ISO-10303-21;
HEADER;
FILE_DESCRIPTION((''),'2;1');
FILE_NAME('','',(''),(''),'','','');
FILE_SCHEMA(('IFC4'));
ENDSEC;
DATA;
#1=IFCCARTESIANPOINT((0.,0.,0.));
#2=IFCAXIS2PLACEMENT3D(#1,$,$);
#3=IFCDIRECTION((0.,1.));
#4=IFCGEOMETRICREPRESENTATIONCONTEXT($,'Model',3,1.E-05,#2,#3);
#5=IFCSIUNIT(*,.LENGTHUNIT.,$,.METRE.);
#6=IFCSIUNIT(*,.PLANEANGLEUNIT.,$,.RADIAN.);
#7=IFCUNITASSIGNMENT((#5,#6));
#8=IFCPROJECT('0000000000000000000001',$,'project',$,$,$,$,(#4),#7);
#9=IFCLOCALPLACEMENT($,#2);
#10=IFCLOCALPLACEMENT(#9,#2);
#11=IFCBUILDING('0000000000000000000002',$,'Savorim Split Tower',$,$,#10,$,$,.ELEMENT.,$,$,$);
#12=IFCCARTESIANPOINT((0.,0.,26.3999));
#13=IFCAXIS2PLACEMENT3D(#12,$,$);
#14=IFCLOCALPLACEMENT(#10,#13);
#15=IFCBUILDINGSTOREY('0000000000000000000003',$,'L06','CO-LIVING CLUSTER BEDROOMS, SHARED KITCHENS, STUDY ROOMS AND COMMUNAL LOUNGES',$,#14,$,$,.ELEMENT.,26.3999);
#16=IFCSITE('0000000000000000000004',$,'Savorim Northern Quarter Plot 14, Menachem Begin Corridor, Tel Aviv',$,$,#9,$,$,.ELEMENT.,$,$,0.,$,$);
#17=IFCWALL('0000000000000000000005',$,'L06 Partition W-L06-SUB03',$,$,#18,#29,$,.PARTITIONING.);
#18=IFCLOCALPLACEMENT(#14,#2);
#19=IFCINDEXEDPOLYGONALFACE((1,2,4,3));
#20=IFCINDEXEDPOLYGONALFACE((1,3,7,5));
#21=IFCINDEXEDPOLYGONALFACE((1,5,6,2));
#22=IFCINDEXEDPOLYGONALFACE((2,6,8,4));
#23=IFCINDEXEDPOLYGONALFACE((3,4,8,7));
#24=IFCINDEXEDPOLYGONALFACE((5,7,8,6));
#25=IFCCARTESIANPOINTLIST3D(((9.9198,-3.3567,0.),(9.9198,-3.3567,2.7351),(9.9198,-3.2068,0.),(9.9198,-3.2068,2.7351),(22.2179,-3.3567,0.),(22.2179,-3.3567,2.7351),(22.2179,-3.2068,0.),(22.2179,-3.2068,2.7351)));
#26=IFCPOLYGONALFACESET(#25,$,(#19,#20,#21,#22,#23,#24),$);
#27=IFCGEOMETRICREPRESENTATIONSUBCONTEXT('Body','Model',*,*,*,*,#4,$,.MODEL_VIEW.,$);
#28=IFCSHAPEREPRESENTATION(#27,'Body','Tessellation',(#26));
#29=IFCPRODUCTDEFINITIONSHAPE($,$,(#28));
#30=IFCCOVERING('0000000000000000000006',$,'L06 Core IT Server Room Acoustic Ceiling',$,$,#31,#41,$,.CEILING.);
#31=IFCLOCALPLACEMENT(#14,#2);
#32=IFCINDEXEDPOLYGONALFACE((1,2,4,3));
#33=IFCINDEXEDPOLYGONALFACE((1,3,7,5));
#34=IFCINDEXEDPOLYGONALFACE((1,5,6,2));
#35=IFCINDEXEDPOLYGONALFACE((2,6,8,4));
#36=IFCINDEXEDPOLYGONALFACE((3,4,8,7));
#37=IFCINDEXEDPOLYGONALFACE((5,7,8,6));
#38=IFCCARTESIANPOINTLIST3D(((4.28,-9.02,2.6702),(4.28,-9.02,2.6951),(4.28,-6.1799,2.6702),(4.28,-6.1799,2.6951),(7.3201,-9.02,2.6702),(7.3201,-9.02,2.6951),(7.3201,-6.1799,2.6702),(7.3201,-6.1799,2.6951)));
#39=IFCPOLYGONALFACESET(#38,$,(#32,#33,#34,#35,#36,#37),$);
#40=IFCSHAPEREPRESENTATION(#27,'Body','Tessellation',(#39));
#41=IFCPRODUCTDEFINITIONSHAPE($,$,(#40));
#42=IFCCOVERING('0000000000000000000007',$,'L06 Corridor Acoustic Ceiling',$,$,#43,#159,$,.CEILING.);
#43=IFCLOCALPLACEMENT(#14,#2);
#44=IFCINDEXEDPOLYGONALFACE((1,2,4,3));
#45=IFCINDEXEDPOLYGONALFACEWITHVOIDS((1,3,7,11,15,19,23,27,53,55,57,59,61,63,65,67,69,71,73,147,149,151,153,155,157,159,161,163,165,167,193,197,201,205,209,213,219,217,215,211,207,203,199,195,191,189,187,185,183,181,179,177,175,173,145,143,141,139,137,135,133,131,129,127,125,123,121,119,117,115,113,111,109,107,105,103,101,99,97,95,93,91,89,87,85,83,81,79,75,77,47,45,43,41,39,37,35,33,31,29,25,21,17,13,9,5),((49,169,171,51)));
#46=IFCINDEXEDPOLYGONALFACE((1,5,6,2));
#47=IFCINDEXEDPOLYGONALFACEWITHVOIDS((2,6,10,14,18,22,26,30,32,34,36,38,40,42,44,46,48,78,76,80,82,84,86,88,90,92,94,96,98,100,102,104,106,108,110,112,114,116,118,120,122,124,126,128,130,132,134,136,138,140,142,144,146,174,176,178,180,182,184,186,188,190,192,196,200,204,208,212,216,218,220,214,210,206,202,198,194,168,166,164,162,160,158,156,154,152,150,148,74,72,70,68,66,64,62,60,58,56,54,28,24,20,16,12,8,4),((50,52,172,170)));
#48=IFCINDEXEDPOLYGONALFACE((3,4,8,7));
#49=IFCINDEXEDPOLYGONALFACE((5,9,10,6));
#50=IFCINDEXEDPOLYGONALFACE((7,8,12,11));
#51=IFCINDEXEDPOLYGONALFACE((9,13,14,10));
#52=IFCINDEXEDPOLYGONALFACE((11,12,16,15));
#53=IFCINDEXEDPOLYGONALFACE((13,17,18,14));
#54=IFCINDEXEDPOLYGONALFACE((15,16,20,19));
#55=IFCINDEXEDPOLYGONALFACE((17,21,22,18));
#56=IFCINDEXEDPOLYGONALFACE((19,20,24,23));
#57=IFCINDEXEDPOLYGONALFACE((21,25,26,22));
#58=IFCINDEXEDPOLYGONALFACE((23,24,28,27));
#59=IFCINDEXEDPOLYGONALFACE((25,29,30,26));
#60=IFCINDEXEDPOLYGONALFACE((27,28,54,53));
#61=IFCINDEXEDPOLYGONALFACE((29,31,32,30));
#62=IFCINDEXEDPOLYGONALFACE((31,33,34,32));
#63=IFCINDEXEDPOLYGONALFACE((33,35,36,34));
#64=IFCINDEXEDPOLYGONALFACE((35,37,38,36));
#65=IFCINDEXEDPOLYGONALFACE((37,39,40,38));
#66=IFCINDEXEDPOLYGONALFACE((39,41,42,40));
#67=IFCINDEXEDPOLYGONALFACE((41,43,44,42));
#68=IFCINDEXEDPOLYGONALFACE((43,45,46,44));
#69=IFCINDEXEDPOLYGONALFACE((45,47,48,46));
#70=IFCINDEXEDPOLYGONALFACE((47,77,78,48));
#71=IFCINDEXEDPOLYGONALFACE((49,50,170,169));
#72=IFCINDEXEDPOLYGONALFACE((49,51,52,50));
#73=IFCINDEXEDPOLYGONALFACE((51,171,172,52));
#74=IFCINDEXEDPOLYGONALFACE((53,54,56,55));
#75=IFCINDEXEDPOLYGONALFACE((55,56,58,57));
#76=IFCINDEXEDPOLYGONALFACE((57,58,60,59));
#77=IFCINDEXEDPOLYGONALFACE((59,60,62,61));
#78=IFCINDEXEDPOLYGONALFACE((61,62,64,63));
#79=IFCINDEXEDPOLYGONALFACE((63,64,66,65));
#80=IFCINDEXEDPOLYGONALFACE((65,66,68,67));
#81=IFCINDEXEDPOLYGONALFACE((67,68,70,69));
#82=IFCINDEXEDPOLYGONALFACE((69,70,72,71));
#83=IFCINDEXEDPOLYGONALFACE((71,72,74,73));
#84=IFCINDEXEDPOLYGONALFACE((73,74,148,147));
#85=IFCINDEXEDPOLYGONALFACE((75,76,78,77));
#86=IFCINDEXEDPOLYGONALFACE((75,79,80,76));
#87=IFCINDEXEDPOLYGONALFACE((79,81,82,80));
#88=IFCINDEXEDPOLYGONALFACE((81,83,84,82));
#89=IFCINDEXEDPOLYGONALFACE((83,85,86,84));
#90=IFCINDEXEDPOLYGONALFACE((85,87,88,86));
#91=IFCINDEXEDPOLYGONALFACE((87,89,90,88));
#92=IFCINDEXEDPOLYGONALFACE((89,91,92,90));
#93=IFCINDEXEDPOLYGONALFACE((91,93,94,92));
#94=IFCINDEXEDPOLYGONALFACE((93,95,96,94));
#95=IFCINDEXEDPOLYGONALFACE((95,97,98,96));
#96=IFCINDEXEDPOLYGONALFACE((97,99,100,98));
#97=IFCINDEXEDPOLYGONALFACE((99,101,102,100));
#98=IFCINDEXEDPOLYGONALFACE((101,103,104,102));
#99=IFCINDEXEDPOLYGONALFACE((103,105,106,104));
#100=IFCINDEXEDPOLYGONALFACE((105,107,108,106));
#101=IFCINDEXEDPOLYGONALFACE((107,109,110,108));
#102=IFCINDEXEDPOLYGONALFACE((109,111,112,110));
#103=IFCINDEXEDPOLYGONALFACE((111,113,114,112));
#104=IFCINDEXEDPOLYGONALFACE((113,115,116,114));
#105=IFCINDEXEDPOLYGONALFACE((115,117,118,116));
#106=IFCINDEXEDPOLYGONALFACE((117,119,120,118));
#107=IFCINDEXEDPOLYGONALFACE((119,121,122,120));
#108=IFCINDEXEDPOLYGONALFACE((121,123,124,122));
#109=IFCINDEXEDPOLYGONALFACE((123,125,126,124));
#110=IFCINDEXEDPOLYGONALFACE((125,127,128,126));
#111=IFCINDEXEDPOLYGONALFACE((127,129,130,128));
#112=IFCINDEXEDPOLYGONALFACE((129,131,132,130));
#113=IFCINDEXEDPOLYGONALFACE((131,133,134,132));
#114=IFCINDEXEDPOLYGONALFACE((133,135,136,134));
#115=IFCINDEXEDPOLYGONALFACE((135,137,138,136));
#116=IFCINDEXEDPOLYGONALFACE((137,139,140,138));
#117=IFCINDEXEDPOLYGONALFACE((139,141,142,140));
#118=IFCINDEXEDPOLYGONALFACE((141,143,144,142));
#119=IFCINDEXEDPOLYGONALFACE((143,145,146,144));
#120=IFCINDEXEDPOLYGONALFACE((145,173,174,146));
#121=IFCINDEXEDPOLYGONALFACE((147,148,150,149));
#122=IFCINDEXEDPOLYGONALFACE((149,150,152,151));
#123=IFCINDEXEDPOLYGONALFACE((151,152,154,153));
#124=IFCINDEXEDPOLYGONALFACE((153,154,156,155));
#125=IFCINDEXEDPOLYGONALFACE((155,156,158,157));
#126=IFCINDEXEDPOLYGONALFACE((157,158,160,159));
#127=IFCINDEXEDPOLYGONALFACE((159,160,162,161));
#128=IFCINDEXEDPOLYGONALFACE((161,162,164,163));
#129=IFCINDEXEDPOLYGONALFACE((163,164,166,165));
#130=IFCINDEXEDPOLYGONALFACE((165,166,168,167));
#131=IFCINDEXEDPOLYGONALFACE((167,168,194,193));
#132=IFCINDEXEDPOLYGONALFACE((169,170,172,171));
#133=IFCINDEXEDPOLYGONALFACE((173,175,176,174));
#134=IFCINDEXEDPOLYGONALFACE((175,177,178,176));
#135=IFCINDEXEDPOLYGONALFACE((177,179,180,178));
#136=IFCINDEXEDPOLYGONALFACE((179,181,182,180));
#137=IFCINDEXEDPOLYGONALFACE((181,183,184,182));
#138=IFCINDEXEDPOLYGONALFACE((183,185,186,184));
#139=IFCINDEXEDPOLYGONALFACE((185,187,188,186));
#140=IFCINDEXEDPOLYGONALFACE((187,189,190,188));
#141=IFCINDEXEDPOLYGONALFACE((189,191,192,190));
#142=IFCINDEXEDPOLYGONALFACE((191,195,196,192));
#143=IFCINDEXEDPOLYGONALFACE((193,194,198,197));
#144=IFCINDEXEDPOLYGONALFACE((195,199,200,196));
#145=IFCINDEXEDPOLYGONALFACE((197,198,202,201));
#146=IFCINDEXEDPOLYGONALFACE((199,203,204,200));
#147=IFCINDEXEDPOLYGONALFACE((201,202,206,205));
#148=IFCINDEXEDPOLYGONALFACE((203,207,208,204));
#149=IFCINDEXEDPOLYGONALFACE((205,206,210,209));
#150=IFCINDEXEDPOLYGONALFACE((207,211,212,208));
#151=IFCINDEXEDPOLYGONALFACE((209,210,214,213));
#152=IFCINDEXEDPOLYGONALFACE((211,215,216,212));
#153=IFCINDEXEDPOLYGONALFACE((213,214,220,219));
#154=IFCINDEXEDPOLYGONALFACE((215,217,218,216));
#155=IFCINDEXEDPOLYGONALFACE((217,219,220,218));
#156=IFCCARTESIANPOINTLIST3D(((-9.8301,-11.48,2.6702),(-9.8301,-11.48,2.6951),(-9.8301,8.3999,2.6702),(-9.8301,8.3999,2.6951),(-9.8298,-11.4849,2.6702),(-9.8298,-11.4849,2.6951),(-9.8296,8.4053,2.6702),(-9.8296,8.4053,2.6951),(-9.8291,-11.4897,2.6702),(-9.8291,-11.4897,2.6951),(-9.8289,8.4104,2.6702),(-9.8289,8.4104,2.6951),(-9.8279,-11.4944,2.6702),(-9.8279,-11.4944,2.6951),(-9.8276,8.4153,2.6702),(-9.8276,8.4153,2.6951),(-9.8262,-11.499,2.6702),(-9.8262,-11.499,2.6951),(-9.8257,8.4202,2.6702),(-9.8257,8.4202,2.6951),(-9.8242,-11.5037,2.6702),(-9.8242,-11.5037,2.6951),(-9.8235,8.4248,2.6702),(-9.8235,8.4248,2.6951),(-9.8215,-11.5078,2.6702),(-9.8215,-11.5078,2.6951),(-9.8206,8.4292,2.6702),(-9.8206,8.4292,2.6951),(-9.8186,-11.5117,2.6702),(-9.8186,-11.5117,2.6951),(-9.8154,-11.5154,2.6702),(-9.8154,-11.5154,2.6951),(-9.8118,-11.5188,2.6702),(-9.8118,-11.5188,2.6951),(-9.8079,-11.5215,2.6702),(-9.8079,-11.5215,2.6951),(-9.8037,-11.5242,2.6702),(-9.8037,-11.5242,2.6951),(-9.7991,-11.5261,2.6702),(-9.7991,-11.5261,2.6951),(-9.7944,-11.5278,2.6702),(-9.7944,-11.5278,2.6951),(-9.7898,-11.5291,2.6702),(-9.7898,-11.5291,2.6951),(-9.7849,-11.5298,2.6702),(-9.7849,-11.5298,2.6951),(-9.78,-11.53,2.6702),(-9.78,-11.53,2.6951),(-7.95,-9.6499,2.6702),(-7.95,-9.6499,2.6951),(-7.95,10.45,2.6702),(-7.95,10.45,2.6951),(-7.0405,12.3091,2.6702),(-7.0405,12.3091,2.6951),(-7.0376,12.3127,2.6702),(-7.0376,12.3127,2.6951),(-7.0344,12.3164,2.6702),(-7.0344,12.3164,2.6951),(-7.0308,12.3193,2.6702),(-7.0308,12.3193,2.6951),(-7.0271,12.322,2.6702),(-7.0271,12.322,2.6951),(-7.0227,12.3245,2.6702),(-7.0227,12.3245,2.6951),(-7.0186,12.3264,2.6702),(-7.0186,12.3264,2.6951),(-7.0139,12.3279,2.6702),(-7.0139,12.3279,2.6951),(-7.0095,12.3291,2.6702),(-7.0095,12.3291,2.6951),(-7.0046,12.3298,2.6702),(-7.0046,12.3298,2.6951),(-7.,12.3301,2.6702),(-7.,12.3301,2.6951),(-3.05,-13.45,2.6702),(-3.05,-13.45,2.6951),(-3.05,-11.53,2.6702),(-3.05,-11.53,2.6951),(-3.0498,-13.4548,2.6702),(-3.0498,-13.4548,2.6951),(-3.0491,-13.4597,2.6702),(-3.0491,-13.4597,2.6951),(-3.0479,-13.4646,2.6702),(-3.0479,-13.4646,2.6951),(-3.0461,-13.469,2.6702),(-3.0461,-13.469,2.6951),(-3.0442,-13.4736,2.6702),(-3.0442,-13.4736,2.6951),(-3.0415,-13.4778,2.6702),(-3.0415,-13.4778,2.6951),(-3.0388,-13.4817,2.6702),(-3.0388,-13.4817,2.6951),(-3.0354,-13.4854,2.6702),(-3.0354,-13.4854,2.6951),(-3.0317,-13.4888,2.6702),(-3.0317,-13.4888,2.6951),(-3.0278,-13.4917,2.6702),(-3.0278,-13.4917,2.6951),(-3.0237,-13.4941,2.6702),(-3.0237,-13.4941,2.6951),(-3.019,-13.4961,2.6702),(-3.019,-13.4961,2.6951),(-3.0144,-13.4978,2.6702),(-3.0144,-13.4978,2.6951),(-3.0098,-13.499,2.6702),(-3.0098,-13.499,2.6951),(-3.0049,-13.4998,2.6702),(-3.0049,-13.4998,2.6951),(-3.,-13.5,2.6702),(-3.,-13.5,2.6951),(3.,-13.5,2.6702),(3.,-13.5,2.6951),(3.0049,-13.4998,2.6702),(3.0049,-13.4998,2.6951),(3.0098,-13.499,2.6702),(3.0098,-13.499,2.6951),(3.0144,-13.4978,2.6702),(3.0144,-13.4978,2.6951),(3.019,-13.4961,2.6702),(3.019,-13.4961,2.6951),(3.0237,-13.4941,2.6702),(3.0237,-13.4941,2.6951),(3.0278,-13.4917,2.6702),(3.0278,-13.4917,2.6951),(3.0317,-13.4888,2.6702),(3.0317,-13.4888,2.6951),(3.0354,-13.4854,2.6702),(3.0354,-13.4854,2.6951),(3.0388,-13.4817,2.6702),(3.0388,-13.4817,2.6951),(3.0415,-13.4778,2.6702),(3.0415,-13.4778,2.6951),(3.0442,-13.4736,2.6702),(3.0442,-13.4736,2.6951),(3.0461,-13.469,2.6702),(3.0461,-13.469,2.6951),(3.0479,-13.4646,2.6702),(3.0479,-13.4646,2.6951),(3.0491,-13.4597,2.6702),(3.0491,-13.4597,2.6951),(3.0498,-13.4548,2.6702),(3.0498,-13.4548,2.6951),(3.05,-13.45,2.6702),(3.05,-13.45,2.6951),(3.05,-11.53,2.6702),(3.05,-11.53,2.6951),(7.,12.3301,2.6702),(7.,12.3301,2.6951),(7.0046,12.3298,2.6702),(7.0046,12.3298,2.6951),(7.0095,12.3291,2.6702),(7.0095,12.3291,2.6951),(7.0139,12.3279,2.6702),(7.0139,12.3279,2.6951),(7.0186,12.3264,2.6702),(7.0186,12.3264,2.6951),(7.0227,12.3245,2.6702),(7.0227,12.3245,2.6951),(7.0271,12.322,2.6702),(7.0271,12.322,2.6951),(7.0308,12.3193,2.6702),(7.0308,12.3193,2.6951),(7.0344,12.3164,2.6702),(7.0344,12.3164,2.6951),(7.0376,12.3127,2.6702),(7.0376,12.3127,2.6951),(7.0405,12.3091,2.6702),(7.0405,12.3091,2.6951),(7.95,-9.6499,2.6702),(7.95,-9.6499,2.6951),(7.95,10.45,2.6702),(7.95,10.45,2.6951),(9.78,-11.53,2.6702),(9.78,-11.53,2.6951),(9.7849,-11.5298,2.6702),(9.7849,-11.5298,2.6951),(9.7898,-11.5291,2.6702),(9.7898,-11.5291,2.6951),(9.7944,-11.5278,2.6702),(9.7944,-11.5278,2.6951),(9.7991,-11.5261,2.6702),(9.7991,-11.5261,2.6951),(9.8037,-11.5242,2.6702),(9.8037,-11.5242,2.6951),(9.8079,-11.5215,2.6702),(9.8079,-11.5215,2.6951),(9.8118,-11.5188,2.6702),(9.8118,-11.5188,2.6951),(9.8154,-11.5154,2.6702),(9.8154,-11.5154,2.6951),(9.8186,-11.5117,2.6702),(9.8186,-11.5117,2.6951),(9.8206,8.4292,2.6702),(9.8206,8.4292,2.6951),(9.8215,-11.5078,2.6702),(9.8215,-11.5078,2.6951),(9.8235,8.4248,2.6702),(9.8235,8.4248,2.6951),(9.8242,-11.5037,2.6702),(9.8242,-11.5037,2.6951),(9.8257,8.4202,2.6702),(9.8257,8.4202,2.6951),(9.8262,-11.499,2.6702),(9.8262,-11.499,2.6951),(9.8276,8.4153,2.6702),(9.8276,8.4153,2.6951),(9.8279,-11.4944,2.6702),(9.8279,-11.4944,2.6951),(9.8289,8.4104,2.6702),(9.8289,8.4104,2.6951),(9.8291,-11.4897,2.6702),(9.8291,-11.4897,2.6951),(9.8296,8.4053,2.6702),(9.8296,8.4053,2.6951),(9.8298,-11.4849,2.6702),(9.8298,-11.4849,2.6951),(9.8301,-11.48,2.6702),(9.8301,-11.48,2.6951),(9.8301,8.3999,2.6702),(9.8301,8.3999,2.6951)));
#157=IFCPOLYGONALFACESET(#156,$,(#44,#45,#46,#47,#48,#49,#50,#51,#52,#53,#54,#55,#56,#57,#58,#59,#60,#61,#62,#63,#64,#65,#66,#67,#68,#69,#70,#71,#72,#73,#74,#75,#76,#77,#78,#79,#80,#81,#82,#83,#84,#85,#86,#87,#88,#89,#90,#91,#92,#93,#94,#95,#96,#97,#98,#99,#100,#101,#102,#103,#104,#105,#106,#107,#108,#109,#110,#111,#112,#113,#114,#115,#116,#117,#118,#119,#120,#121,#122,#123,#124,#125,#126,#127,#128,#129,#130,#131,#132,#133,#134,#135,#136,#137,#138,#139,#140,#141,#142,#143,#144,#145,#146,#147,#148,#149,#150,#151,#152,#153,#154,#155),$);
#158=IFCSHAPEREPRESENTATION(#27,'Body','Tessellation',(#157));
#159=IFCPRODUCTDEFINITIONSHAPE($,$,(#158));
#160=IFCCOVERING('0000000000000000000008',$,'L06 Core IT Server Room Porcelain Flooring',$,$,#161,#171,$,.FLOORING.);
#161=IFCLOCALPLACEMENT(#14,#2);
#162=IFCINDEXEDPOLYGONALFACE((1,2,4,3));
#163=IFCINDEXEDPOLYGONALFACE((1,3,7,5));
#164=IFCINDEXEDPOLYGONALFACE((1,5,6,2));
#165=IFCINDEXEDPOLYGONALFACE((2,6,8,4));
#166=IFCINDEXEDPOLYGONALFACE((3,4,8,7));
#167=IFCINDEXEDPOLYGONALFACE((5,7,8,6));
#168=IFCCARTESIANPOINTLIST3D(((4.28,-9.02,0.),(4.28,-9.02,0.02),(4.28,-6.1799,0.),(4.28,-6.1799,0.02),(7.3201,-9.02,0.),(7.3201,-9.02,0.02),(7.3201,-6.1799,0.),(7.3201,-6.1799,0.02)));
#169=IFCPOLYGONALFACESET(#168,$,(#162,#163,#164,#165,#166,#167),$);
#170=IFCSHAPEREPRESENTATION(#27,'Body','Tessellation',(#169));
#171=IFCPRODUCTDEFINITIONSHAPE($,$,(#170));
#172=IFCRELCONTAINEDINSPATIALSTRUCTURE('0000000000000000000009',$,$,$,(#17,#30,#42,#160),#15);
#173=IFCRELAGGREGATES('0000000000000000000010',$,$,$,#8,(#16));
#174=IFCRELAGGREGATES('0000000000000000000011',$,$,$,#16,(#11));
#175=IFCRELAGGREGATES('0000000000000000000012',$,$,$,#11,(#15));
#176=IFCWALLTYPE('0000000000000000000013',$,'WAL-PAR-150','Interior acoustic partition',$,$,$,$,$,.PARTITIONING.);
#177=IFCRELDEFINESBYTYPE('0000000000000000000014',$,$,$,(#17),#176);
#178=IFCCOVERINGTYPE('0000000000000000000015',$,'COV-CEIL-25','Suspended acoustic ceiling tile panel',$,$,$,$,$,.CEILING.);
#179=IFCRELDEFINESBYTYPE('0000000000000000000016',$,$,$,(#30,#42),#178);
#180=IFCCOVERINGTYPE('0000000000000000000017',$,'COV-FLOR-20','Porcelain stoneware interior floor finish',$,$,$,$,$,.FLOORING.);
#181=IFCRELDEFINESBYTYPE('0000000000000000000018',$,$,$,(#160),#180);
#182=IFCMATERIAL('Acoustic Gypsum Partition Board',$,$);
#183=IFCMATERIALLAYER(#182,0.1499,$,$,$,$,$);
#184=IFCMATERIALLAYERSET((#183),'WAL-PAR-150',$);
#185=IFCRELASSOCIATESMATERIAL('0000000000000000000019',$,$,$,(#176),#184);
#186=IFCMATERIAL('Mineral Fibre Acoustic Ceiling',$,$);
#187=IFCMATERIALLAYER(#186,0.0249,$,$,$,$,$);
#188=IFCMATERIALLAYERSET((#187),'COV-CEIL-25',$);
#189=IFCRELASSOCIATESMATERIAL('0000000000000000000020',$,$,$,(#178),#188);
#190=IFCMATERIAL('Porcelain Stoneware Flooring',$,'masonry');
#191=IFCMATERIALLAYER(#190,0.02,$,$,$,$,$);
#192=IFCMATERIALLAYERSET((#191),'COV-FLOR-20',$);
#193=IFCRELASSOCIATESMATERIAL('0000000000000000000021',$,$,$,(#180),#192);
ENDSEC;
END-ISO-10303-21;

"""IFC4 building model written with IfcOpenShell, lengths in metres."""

from ifc_helpers import new_model, si_unit, direction, frame, frame_2d, origin, place, context, subcontext, project, spatial, polyline, rectangle, outline, extrude, material, layer, layer_set, type_object, element, save


model = new_model("IFC4")

# Units and contexts
model_context = context("Model", 3, precision=1e-05, world=origin(), true_north=direction((0.0, 1.0)))
body_context = subcontext(model_context, "Body", "Model", "MODEL_VIEW")
ifc_project = project(units=[si_unit("LENGTHUNIT", "METRE"), si_unit("PLANEANGLEUNIT", "RADIAN")], contexts=[model_context])

# Site, building, storey
site_placement = place(None, origin())
site = spatial("IfcSite", under=ifc_project, at=site_placement, Name="Savorim Northern Quarter Plot 14, Menachem Begin Corridor, Tel Aviv", CompositionType="ELEMENT", RefElevation=0.0)
building_placement = place(site_placement, origin())
building = spatial("IfcBuilding", under=site, at=building_placement, Name="Savorim Split Tower", CompositionType="ELEMENT")
storey_placement = place(building_placement, frame((0.0, 0.0, 26.3999)))
storey = spatial("IfcBuildingStorey", under=building, at=storey_placement, Name="L06", Description="CO-LIVING CLUSTER BEDROOMS, SHARED KITCHENS, STUDY ROOMS AND COMMUNAL LOUNGES", CompositionType="ELEMENT", Elevation=26.3999)

# Shared definitions
ifc_material_1 = material(Name="Acoustic Gypsum Partition Board")
ifc_layer_1 = layer(ifc_material_1, 0.1499)
ifc_layer_set_1 = layer_set([ifc_layer_1], Name="WAL-PAR-150")
wall_type_1 = type_object("IfcWallType", Name="WAL-PAR-150", Description="Interior acoustic partition", PredefinedType="PARTITIONING", material=ifc_layer_set_1)

# Wall
wall_1_placement = place(storey_placement, frame((9.9199, -3.2817, 0.0), z_axis=(0.0, 0.0, 1.0), x_axis=(1.0, 0.0, 0.0)))
element("IfcWall", 1, at=wall_1_placement, inside=storey, type_object=wall_type_1, Name="L06 Partition W-L06-SUB03", PredefinedType="PARTITIONING", context=body_context, shape_type="SweptSolid", body=[
    extrude(rectangle(XDim=12.2981, YDim=0.1499, at=frame_2d((6.1489, 0.0))), origin(), (0.0, 0.0, 1.0), 2.7351),
])

# Coverings
ifc_material_2 = material(Name="Mineral Fibre Acoustic Ceiling")
ifc_layer_2 = layer(ifc_material_2, 0.0249)
ifc_layer_set_2 = layer_set([ifc_layer_2], Name="COV-CEIL-25")
covering_type_1 = type_object("IfcCoveringType", Name="COV-CEIL-25", Description="Suspended acoustic ceiling tile panel", PredefinedType="CEILING", material=ifc_layer_set_2)
covering_1_placement = place(storey_placement, frame((0.0, 0.0, 2.6702)))
element("IfcCovering", 2, at=covering_1_placement, inside=storey, type_object=covering_type_1, Name="L06 Core IT Server Room Acoustic Ceiling", PredefinedType="CEILING", context=body_context, shape_type="SweptSolid", body=[
    extrude(outline(polyline([(4.28, -6.1799), (4.28, -9.02), (7.3201, -9.02), (7.3201, -6.1799), (4.28, -6.1799)])), origin(), (0.0, 0.0, 1.0), 0.0249),
])
covering_2_placement = place(storey_placement, frame((0.0, 0.0, 2.6702)))
element("IfcCovering", 3, at=covering_2_placement, inside=storey, type_object=covering_type_1, Name="L06 Corridor Acoustic Ceiling", PredefinedType="CEILING", context=body_context, shape_type="SweptSolid", body=[
    extrude(outline(polyline([(7.0095, 12.3291), (7.0046, 12.3298), (7.0, 12.3301), (-7.0, 12.3301), (-7.0046, 12.3298), (-7.0095, 12.3291), (-7.0139, 12.3279), (-7.0186, 12.3264), (-7.0227, 12.3245), (-7.0271, 12.322), (-7.0308, 12.3193), (-7.0344, 12.3164), (-7.0376, 12.3127), (-7.0405, 12.3091), (-9.8206, 8.4292), (-9.8235, 8.4248), (-9.8257, 8.4202), (-9.8276, 8.4153), (-9.8289, 8.4104), (-9.8296, 8.4053), (-9.8301, 8.3999), (-9.8301, -11.48), (-9.8298, -11.4849), (-9.8291, -11.4897), (-9.8279, -11.4944), (-9.8262, -11.499), (-9.8242, -11.5037), (-9.8215, -11.5078), (-9.8186, -11.5117), (-9.8154, -11.5154), (-9.8118, -11.5188), (-9.8079, -11.5215), (-9.8037, -11.5242), (-9.7991, -11.5261), (-9.7944, -11.5278), (-9.7898, -11.5291), (-9.7849, -11.5298), (-9.78, -11.53), (-3.05, -11.53), (-3.05, -13.45), (-3.0498, -13.4548), (-3.0491, -13.4597), (-3.0479, -13.4646), (-3.0461, -13.469), (-3.0442, -13.4736), (-3.0415, -13.4778), (-3.0388, -13.4817), (-3.0354, -13.4854), (-3.0317, -13.4888), (-3.0278, -13.4917), (-3.0237, -13.4941), (-3.019, -13.4961), (-3.0144, -13.4978), (-3.0098, -13.499), (-3.0049, -13.4998), (-3.0, -13.5), (3.0, -13.5), (3.0049, -13.4998), (3.0098, -13.499), (3.0144, -13.4978), (3.019, -13.4961), (3.0237, -13.4941), (3.0278, -13.4917), (3.0317, -13.4888), (3.0354, -13.4854), (3.0388, -13.4817), (3.0415, -13.4778), (3.0442, -13.4736), (3.0461, -13.469), (3.0479, -13.4646), (3.0491, -13.4597), (3.0498, -13.4548), (3.05, -13.45), (3.05, -11.53), (9.78, -11.53), (9.7849, -11.5298), (9.7898, -11.5291), (9.7944, -11.5278), (9.7991, -11.5261), (9.8037, -11.5242), (9.8079, -11.5215), (9.8118, -11.5188), (9.8154, -11.5154), (9.8186, -11.5117), (9.8215, -11.5078), (9.8242, -11.5037), (9.8262, -11.499), (9.8279, -11.4944), (9.8291, -11.4897), (9.8298, -11.4849), (9.8301, -11.48), (9.8301, 8.3999), (9.8296, 8.4053), (9.8289, 8.4104), (9.8276, 8.4153), (9.8257, 8.4202), (9.8235, 8.4248), (9.8206, 8.4292), (7.0405, 12.3091), (7.0376, 12.3127), (7.0344, 12.3164), (7.0308, 12.3193), (7.0271, 12.322), (7.0227, 12.3245), (7.0186, 12.3264), (7.0139, 12.3279), (7.0095, 12.3291)]), holes=[polyline([(-7.95, 10.45), (-7.95, -9.6499), (7.95, -9.6499), (7.95, 10.45), (-7.95, 10.45)])]), origin(), (0.0, 0.0, 1.0), 0.0249),
])
ifc_material_3 = material(Name="Porcelain Stoneware Flooring", Category="masonry")
ifc_layer_3 = layer(ifc_material_3, 0.02)
ifc_layer_set_3 = layer_set([ifc_layer_3], Name="COV-FLOR-20")
covering_type_2 = type_object("IfcCoveringType", Name="COV-FLOR-20", Description="Porcelain stoneware interior floor finish", PredefinedType="FLOORING", material=ifc_layer_set_3)
covering_3_placement = place(storey_placement, origin())
element("IfcCovering", 4, at=covering_3_placement, inside=storey, type_object=covering_type_2, Name="L06 Core IT Server Room Porcelain Flooring", PredefinedType="FLOORING", context=body_context, shape_type="SweptSolid", body=[
    extrude(outline(polyline([(4.28, -6.1799), (4.28, -9.02), (7.3201, -9.02), (7.3201, -6.1799), (4.28, -6.1799)])), origin(), (0.0, 0.0, 1.0), 0.02),
])

save(model, "model.ifc")
